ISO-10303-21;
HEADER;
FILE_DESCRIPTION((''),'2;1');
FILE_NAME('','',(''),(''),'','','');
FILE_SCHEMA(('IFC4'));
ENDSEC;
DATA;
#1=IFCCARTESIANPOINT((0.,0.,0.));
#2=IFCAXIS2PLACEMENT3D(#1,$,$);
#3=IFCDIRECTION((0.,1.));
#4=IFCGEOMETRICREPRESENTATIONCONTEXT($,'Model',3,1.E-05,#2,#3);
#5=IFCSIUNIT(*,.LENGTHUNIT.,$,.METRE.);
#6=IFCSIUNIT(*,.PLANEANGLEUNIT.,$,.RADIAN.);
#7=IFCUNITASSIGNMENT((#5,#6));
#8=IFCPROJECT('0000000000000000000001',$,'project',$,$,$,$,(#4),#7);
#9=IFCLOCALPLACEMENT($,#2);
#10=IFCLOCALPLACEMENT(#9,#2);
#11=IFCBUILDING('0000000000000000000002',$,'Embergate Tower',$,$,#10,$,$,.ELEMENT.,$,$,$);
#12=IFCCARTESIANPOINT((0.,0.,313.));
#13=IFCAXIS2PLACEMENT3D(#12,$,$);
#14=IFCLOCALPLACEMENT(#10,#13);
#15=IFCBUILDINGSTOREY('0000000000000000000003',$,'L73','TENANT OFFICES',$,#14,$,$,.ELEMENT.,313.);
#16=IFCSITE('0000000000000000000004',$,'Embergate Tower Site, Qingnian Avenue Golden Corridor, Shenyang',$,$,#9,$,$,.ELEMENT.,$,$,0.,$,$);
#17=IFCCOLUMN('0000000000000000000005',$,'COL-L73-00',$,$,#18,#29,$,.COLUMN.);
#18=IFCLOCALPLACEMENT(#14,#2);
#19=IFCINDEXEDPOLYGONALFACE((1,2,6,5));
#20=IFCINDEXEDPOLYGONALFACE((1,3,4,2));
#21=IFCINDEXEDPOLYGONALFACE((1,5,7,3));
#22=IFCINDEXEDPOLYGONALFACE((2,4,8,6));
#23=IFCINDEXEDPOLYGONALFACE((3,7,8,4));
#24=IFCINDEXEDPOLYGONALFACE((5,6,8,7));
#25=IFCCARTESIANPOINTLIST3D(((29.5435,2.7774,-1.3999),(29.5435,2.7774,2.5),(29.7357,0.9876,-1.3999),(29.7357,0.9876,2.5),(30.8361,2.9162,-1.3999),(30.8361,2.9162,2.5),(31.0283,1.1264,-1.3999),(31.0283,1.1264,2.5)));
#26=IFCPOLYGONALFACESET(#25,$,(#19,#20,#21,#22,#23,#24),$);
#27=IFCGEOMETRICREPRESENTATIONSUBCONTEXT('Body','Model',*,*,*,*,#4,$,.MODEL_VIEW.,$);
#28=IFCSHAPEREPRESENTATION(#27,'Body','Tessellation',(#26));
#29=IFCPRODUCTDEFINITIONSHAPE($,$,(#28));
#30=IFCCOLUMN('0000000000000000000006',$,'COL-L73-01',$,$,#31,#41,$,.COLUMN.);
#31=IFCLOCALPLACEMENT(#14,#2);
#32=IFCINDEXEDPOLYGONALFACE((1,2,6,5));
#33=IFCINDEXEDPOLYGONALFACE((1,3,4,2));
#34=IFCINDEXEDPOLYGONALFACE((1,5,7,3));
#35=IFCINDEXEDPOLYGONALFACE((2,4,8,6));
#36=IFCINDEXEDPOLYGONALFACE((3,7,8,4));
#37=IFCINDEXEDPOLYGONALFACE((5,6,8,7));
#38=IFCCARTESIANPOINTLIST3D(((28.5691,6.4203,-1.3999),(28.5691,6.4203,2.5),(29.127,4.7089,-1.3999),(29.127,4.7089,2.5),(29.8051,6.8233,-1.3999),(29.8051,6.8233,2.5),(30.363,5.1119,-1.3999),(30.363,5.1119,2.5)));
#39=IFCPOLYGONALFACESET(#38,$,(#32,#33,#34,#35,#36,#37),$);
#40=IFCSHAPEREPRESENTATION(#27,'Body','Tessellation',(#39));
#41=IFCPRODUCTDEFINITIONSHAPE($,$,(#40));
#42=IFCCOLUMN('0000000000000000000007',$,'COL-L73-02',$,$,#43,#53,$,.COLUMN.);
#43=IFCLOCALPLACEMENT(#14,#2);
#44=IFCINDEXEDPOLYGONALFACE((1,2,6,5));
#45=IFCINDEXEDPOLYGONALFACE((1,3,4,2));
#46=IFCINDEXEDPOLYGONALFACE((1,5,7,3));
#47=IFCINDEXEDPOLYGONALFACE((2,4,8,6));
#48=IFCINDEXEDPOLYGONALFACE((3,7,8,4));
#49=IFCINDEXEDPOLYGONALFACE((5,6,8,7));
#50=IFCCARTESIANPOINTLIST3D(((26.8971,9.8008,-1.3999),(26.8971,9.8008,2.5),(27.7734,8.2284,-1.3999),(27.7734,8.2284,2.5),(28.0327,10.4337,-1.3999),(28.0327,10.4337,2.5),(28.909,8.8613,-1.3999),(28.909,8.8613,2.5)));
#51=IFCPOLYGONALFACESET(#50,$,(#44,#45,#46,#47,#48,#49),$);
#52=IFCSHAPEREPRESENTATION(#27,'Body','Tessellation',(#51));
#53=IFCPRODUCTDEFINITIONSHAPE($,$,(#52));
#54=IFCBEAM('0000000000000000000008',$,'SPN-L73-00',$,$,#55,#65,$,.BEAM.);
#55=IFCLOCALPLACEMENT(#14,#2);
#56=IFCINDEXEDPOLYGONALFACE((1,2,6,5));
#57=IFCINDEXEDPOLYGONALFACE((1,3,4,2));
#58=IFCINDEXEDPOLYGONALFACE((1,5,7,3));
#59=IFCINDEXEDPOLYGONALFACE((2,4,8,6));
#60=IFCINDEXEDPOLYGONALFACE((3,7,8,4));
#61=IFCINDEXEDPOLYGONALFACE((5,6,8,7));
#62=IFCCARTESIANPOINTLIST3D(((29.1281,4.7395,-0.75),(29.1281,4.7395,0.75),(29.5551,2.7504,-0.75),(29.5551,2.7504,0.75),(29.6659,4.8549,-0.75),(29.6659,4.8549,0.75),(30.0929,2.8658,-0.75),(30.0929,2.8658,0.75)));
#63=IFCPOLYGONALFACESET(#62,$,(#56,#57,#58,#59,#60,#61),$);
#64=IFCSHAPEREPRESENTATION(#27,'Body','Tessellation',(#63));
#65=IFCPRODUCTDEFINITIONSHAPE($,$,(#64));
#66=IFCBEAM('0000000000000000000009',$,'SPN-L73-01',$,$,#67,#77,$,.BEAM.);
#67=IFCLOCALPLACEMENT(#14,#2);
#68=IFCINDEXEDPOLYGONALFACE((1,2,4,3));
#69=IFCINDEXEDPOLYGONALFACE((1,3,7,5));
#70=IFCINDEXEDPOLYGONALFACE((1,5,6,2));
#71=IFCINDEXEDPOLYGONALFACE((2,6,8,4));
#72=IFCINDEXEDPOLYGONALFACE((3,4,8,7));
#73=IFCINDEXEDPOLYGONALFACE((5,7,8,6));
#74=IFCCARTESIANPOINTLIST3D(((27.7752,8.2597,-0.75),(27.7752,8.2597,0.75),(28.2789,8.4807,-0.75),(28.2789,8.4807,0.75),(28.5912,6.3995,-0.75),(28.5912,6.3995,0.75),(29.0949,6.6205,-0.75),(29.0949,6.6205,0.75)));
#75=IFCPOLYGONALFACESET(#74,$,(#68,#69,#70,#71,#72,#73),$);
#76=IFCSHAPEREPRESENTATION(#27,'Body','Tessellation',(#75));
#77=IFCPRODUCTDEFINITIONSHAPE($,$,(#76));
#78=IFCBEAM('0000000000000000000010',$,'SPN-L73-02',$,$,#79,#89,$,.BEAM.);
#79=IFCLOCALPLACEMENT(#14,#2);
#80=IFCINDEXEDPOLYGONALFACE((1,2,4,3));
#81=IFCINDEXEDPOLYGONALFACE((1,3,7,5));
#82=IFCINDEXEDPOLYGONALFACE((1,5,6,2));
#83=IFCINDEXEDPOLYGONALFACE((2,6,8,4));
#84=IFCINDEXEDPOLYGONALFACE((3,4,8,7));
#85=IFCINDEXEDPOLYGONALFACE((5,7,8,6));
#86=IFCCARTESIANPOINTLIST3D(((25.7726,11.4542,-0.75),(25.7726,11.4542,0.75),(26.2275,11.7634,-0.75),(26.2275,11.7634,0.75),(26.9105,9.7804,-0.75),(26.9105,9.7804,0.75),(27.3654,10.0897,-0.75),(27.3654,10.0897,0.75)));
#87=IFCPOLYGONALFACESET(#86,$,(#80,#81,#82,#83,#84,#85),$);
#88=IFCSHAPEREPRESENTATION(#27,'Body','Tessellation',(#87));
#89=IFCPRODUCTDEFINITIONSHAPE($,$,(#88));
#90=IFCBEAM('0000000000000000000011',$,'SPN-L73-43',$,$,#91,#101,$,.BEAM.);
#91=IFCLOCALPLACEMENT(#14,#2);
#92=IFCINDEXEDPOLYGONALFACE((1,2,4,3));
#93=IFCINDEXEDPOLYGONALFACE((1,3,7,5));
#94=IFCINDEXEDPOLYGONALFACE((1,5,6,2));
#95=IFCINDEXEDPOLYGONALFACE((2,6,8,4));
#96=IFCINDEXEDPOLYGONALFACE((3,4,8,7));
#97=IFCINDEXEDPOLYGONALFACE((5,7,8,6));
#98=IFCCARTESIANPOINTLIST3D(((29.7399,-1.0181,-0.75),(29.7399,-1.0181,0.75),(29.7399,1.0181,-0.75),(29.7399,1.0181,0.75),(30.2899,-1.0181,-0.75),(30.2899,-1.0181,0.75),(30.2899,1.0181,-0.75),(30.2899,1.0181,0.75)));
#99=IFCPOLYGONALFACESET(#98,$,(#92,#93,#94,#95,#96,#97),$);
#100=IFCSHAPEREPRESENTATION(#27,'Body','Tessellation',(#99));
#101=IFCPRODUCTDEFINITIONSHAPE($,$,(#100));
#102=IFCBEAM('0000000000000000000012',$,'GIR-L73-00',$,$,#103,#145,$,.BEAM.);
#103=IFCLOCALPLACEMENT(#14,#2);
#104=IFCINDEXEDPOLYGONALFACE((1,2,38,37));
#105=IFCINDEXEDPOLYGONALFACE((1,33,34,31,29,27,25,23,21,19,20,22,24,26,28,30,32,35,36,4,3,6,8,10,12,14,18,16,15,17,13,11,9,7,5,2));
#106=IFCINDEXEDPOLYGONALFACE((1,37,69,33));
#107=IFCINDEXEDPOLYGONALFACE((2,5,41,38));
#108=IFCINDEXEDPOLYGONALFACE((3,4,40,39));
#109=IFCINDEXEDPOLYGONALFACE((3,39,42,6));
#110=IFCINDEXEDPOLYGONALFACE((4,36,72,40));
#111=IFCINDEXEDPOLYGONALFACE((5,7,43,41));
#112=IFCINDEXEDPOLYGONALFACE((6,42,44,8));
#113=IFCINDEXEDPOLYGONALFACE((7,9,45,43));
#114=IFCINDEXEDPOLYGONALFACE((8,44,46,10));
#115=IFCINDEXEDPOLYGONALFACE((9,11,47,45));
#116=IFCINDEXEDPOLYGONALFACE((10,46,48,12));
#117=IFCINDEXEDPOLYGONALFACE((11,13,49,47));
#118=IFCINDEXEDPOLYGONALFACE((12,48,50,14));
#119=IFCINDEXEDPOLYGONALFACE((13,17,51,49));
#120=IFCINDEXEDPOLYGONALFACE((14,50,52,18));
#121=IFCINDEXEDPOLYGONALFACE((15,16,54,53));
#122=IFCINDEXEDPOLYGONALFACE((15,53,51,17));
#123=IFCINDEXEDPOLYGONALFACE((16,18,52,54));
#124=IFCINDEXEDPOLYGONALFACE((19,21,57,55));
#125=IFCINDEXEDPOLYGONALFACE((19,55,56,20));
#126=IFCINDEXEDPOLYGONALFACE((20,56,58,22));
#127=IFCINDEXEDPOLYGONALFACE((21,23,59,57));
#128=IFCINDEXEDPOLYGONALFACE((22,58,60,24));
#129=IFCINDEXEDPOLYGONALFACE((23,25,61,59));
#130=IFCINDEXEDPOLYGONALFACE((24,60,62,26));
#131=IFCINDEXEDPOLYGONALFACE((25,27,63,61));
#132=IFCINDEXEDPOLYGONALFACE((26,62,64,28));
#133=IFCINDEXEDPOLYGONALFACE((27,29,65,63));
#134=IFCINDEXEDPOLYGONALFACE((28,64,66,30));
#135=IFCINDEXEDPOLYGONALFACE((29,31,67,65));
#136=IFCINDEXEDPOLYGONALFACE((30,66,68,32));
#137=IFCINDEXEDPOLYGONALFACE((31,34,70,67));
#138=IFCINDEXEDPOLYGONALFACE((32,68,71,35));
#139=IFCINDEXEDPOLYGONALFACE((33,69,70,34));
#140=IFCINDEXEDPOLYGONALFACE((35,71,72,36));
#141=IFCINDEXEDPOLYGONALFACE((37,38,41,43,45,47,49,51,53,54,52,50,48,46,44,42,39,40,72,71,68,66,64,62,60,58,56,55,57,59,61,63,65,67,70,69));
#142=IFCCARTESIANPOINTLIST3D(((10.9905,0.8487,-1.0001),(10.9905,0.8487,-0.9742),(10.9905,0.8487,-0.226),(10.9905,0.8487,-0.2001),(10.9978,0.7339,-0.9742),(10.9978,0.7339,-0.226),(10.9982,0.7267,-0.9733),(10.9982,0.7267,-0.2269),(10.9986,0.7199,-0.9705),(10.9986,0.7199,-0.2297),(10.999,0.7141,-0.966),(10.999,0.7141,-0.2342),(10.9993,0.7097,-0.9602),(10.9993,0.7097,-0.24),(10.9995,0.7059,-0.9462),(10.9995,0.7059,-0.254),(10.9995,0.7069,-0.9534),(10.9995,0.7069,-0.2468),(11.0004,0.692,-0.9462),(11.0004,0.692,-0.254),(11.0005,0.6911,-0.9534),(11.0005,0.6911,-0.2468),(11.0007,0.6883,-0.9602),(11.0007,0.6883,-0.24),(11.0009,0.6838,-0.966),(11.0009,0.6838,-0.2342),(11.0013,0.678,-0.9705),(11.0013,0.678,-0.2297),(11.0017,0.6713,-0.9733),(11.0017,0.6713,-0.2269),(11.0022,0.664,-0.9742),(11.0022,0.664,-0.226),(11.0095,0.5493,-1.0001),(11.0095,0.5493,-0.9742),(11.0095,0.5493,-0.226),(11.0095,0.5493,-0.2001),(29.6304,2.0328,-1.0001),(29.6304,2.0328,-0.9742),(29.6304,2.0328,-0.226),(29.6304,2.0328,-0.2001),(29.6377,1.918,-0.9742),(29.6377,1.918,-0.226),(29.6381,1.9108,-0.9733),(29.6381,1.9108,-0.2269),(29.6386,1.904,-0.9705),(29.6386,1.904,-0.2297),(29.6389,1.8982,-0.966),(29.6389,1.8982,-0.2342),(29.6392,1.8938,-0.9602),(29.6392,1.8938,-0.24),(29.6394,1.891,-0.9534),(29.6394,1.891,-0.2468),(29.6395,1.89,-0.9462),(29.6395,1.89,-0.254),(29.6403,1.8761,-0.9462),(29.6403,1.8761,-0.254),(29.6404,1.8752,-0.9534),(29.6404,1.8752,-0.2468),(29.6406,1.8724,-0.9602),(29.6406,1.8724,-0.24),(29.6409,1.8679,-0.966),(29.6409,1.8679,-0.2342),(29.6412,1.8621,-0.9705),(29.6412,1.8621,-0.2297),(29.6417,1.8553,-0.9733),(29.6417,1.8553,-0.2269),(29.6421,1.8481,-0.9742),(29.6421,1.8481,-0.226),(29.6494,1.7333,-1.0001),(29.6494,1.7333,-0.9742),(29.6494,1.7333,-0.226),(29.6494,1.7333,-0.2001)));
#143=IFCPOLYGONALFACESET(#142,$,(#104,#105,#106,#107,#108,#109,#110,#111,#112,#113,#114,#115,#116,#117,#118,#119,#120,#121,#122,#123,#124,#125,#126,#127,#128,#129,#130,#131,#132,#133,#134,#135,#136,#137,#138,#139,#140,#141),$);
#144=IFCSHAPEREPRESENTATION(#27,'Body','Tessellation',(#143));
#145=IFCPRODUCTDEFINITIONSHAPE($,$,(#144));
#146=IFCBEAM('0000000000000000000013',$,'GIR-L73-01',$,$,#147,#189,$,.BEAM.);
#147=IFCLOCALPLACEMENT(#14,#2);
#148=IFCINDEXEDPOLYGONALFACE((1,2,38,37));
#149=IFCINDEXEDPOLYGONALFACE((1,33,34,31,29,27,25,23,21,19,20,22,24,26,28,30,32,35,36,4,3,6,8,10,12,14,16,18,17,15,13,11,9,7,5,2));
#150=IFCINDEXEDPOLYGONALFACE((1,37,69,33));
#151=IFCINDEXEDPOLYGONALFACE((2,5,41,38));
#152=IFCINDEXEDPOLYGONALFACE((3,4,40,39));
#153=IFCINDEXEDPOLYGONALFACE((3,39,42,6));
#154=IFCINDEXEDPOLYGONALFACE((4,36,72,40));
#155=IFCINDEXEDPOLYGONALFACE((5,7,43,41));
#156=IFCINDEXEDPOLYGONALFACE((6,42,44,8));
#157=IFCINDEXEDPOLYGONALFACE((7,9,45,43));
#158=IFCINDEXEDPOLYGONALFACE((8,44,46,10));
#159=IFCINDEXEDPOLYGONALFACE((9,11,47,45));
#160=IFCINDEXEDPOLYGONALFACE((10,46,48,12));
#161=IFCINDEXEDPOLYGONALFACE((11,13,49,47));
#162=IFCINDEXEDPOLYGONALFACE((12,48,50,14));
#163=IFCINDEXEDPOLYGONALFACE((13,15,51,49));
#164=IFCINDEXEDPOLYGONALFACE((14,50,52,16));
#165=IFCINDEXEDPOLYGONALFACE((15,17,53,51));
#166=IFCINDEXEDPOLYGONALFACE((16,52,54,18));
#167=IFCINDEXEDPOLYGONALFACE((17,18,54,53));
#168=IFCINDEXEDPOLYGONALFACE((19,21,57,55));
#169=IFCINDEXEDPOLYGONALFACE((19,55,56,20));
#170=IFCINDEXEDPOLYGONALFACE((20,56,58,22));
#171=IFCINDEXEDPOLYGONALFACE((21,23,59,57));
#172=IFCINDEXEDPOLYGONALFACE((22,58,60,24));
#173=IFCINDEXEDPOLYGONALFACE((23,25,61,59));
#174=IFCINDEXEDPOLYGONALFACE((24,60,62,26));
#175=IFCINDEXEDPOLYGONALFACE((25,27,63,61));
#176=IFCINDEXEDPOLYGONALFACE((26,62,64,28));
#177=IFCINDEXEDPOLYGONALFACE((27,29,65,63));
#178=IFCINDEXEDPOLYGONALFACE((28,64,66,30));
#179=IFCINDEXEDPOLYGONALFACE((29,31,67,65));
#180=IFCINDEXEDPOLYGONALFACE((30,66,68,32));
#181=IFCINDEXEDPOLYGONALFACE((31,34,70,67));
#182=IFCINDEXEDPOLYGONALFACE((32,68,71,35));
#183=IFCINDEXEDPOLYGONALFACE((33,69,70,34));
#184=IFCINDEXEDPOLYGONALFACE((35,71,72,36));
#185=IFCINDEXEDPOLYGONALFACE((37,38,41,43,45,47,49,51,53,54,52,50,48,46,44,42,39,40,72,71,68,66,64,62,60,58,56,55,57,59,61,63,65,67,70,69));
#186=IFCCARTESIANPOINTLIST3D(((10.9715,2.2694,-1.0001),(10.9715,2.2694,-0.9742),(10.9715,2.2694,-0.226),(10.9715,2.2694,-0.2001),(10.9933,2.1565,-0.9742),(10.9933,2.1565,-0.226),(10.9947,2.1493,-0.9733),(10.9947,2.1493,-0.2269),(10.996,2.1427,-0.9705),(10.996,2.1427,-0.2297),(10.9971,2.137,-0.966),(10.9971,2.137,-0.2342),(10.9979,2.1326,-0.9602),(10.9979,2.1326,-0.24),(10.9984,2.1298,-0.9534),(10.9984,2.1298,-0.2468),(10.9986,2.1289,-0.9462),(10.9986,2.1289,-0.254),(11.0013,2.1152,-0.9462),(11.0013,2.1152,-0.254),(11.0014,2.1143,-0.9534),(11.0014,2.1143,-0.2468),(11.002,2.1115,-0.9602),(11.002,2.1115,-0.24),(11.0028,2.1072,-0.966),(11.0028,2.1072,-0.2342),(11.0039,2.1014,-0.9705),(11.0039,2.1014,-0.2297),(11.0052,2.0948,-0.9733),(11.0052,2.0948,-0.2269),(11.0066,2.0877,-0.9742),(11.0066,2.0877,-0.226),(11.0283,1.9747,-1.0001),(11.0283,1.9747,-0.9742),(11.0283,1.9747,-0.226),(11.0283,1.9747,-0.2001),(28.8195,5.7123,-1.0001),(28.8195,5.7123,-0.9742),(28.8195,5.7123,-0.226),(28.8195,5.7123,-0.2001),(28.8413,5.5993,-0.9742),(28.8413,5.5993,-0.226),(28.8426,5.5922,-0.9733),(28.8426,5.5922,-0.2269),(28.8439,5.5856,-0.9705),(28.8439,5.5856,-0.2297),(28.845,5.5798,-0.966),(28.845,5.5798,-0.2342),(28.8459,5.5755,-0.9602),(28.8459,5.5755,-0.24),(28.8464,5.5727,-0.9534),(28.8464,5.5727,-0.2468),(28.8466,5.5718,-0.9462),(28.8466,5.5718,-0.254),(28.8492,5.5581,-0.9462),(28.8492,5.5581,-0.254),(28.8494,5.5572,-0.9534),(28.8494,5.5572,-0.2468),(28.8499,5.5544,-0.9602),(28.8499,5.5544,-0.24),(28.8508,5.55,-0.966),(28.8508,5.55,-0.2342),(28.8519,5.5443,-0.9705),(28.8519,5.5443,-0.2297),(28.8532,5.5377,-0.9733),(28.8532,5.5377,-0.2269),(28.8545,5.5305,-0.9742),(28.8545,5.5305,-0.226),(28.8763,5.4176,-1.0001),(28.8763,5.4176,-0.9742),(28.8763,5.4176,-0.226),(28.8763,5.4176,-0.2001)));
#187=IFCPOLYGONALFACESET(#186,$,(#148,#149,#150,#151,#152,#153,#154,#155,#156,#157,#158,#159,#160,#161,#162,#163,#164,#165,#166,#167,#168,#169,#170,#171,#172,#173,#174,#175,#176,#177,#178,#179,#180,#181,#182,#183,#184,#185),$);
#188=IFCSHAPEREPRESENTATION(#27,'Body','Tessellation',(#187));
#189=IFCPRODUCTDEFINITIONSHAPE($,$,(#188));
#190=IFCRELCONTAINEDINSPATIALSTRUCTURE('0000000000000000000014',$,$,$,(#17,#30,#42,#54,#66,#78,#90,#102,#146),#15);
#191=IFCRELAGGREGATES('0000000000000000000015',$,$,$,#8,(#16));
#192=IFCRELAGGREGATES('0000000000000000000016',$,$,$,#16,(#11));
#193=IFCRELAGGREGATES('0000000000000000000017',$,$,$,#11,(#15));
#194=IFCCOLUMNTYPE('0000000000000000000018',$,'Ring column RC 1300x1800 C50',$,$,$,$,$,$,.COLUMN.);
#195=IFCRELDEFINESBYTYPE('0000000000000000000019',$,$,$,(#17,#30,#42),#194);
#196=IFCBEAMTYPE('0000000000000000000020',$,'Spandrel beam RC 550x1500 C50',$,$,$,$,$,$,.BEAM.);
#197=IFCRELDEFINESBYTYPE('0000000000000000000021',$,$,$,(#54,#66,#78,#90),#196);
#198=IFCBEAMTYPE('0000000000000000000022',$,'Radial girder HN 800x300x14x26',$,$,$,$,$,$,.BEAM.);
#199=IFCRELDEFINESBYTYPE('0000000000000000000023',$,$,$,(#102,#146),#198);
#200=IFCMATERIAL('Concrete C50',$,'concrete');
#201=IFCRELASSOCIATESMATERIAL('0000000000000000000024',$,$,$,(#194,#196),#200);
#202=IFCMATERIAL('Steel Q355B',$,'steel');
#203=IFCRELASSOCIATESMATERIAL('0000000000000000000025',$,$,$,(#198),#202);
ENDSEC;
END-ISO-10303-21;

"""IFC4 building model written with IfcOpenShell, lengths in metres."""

from ifc_helpers import new_model, si_unit, direction, frame, origin, origin_2d, place, context, subcontext, project, spatial, rectangle, i_section, extrude, source, transform, mapped, material, material_profile, profile_set, type_object, element, save


model = new_model("IFC4")

# Units and contexts
model_context = context("Model", 3, precision=1e-05, world=origin(), true_north=direction((0.0, 1.0)))
body_context = subcontext(model_context, "Body", "Model", "MODEL_VIEW")
ifc_project = project(units=[si_unit("LENGTHUNIT", "METRE"), si_unit("PLANEANGLEUNIT", "RADIAN")], contexts=[model_context])

# Site, building, storey
site_placement = place(None, origin())
site = spatial("IfcSite", under=ifc_project, at=site_placement, Name="Embergate Tower Site, Qingnian Avenue Golden Corridor, Shenyang", CompositionType="ELEMENT", RefElevation=0.0)
building_placement = place(site_placement, origin())
building = spatial("IfcBuilding", under=site, at=building_placement, Name="Embergate Tower", CompositionType="ELEMENT")
storey_placement = place(building_placement, frame((0.0, 0.0, 313.0)))
storey = spatial("IfcBuildingStorey", under=building, at=storey_placement, Name="L73", Description="TENANT OFFICES", CompositionType="ELEMENT", Elevation=313.0)

# Columns
ifc_material_1 = material(Name="Concrete C50", Category="concrete")
ifc_material_profile_1 = material_profile(ifc_material_1, rectangle(XDim=1.3, YDim=1.8, at=origin_2d()), Name="RC 1300x1800")
ifc_profile_set_1 = profile_set([ifc_material_profile_1], Name="Concrete C50")
column_type = type_object("IfcColumnType", Name="Ring column RC 1300x1800 C50", PredefinedType="COLUMN", material=ifc_profile_set_1)
shared_shape_1 = source(origin(), body_context, "Body", "SweptSolid", [
    extrude(rectangle(XDim=1.3, YDim=1.8, at=origin_2d()), origin(), (0.0, 0.0, 1.0), 3.8999),
])
for number, where, z_axis, x_axis, name in (
    (1, (30.2859, 1.9519, -1.3999), (0.0, 0.0, 1.0), (0.994286, 0.10675, 0.0), "COL-L73-00"),
    (2, (29.4661, 5.7661, -1.3999), (0.0, 0.0, 1.0), (0.950754, 0.309946, 0.0), "COL-L73-01"),
    (3, (27.9031, 9.3311, -1.3999), (0.0, 0.0, 1.0), (0.8735, 0.486823, 0.0), "COL-L73-02"),
):
    element("IfcColumn", number, at=place(storey_placement, frame(where, z_axis=z_axis, x_axis=x_axis)), inside=storey, type_object=column_type, Name=name, PredefinedType="COLUMN", context=body_context, shape_type="MappedRepresentation", body=[
        mapped(shared_shape_1, transform((0.0, 0.0, 0.0))),
    ])

# Beams
ifc_material_profile_2 = material_profile(ifc_material_1, rectangle(XDim=0.55, YDim=1.5, at=origin_2d()), Name="RC 550x1500")
ifc_profile_set_2 = profile_set([ifc_material_profile_2], Name="Concrete C50")
beam_type_1 = type_object("IfcBeamType", Name="Spandrel beam RC 550x1500 C50", PredefinedType="BEAM", material=ifc_profile_set_2)
shared_shape_2 = source(origin(), body_context, "Body", "SweptSolid", [
    extrude(rectangle(XDim=0.55, YDim=1.5, at=origin_2d()), origin(), (0.0, 0.0, 1.0), 2.0344),
])
beam_1_placement = place(storey_placement, frame((29.824, 2.8081, 0.0), z_axis=(-0.209898, 0.977723, 0.0), x_axis=(-0.977723, -0.209898, 0.0)))
element("IfcBeam", 4, at=beam_1_placement, inside=storey, type_object=beam_type_1, Name="SPN-L73-00", PredefinedType="BEAM", context=body_context, shape_type="MappedRepresentation", body=[
    mapped(shared_shape_2, transform((0.0, 0.0, 0.0))),
])
shared_shape_3 = source(origin(), body_context, "Body", "SweptSolid", [
    extrude(rectangle(XDim=0.55, YDim=1.5, at=origin_2d()), origin(), (0.0, 0.0, 1.0), 2.0312),
])
beam_2_placement = place(storey_placement, frame((28.843, 6.51, 0.0), z_axis=(-0.401695, 0.915773, 0.0), x_axis=(-0.915773, -0.401695, 0.0)))
element("IfcBeam", 5, at=beam_2_placement, inside=storey, type_object=beam_type_1, Name="SPN-L73-01", PredefinedType="BEAM", context=body_context, shape_type="MappedRepresentation", body=[
    mapped(shared_shape_3, transform((0.0, 0.0, 0.0))),
])
shared_shape_4 = source(origin(), body_context, "Body", "SweptSolid", [
    extrude(rectangle(XDim=0.55, YDim=1.5, at=origin_2d()), origin(), (0.0, 0.0, 1.0), 2.0239),
])
beam_3_placement = place(storey_placement, frame((27.1379, 9.9351, 0.0), z_axis=(-0.562221, 0.826987, 0.0), x_axis=(-0.826987, -0.562221, 0.0)))
element("IfcBeam", 6, at=beam_3_placement, inside=storey, type_object=beam_type_1, Name="SPN-L73-02", PredefinedType="BEAM", context=body_context, shape_type="MappedRepresentation", body=[
    mapped(shared_shape_4, transform((0.0, 0.0, 0.0))),
])
shared_shape_5 = source(origin(), body_context, "Body", "SweptSolid", [
    extrude(rectangle(XDim=0.55, YDim=1.5, at=origin_2d()), origin(), (0.0, 0.0, 1.0), 2.0361),
])
beam_4_placement = place(storey_placement, frame((30.0149, -1.0181, 0.0), z_axis=(0.0, 1.0, 0.0), x_axis=(-1.0, 0.0, 0.0)))
element("IfcBeam", 7, at=beam_4_placement, inside=storey, type_object=beam_type_1, Name="SPN-L73-43", PredefinedType="BEAM", context=body_context, shape_type="MappedRepresentation", body=[
    mapped(shared_shape_5, transform((0.0, 0.0, 0.0))),
])
ifc_material_2 = material(Name="Steel Q355B", Category="steel")
ifc_material_profile_3 = material_profile(ifc_material_2, i_section(OverallWidth=0.3, OverallDepth=0.8, WebThickness=0.0139, FlangeThickness=0.0259, FilletRadius=0.0281, at=origin_2d()), Name="HN 800x300x14x26")
ifc_profile_set_3 = profile_set([ifc_material_profile_3], Name="Steel Q355 grade B")
beam_type_2 = type_object("IfcBeamType", Name="Radial girder HN 800x300x14x26", PredefinedType="BEAM", material=ifc_profile_set_3)
shared_shape_6 = source(origin(), body_context, "Body", "SweptSolid", [
    extrude(i_section(OverallWidth=0.3, OverallDepth=0.8, WebThickness=0.0139, FlangeThickness=0.0259, FilletRadius=0.0281, at=origin_2d()), origin(), (0.0, 0.0, 1.0), 18.6775),
])
beam_5_placement = place(storey_placement, frame((29.6399, 1.8831, -0.6001), z_axis=(-0.997988, -0.063396, 0.0), x_axis=(0.063396, -0.997988, 0.0)))
element("IfcBeam", 8, at=beam_5_placement, inside=storey, type_object=beam_type_2, Name="GIR-L73-00", PredefinedType="BEAM", context=body_context, shape_type="MappedRepresentation", body=[
    mapped(shared_shape_6, transform((0.0, 0.0, 0.0))),
])
shared_shape_7 = source(origin(), body_context, "Body", "SweptSolid", [
    extrude(i_section(OverallWidth=0.3, OverallDepth=0.8, WebThickness=0.0139, FlangeThickness=0.0259, FilletRadius=0.0281, at=origin_2d()), origin(), (0.0, 0.0, 1.0), 18.177),
])
beam_6_placement = place(storey_placement, frame((28.8479, 5.5649, -0.6001), z_axis=(-0.981898, -0.189409, 0.0), x_axis=(0.189409, -0.981898, 0.0)))
element("IfcBeam", 9, at=beam_6_placement, inside=storey, type_object=beam_type_2, Name="GIR-L73-01", PredefinedType="BEAM", context=body_context, shape_type="MappedRepresentation", body=[
    mapped(shared_shape_7, transform((0.0, 0.0, 0.0))),
])

save(model, "model.ifc")
